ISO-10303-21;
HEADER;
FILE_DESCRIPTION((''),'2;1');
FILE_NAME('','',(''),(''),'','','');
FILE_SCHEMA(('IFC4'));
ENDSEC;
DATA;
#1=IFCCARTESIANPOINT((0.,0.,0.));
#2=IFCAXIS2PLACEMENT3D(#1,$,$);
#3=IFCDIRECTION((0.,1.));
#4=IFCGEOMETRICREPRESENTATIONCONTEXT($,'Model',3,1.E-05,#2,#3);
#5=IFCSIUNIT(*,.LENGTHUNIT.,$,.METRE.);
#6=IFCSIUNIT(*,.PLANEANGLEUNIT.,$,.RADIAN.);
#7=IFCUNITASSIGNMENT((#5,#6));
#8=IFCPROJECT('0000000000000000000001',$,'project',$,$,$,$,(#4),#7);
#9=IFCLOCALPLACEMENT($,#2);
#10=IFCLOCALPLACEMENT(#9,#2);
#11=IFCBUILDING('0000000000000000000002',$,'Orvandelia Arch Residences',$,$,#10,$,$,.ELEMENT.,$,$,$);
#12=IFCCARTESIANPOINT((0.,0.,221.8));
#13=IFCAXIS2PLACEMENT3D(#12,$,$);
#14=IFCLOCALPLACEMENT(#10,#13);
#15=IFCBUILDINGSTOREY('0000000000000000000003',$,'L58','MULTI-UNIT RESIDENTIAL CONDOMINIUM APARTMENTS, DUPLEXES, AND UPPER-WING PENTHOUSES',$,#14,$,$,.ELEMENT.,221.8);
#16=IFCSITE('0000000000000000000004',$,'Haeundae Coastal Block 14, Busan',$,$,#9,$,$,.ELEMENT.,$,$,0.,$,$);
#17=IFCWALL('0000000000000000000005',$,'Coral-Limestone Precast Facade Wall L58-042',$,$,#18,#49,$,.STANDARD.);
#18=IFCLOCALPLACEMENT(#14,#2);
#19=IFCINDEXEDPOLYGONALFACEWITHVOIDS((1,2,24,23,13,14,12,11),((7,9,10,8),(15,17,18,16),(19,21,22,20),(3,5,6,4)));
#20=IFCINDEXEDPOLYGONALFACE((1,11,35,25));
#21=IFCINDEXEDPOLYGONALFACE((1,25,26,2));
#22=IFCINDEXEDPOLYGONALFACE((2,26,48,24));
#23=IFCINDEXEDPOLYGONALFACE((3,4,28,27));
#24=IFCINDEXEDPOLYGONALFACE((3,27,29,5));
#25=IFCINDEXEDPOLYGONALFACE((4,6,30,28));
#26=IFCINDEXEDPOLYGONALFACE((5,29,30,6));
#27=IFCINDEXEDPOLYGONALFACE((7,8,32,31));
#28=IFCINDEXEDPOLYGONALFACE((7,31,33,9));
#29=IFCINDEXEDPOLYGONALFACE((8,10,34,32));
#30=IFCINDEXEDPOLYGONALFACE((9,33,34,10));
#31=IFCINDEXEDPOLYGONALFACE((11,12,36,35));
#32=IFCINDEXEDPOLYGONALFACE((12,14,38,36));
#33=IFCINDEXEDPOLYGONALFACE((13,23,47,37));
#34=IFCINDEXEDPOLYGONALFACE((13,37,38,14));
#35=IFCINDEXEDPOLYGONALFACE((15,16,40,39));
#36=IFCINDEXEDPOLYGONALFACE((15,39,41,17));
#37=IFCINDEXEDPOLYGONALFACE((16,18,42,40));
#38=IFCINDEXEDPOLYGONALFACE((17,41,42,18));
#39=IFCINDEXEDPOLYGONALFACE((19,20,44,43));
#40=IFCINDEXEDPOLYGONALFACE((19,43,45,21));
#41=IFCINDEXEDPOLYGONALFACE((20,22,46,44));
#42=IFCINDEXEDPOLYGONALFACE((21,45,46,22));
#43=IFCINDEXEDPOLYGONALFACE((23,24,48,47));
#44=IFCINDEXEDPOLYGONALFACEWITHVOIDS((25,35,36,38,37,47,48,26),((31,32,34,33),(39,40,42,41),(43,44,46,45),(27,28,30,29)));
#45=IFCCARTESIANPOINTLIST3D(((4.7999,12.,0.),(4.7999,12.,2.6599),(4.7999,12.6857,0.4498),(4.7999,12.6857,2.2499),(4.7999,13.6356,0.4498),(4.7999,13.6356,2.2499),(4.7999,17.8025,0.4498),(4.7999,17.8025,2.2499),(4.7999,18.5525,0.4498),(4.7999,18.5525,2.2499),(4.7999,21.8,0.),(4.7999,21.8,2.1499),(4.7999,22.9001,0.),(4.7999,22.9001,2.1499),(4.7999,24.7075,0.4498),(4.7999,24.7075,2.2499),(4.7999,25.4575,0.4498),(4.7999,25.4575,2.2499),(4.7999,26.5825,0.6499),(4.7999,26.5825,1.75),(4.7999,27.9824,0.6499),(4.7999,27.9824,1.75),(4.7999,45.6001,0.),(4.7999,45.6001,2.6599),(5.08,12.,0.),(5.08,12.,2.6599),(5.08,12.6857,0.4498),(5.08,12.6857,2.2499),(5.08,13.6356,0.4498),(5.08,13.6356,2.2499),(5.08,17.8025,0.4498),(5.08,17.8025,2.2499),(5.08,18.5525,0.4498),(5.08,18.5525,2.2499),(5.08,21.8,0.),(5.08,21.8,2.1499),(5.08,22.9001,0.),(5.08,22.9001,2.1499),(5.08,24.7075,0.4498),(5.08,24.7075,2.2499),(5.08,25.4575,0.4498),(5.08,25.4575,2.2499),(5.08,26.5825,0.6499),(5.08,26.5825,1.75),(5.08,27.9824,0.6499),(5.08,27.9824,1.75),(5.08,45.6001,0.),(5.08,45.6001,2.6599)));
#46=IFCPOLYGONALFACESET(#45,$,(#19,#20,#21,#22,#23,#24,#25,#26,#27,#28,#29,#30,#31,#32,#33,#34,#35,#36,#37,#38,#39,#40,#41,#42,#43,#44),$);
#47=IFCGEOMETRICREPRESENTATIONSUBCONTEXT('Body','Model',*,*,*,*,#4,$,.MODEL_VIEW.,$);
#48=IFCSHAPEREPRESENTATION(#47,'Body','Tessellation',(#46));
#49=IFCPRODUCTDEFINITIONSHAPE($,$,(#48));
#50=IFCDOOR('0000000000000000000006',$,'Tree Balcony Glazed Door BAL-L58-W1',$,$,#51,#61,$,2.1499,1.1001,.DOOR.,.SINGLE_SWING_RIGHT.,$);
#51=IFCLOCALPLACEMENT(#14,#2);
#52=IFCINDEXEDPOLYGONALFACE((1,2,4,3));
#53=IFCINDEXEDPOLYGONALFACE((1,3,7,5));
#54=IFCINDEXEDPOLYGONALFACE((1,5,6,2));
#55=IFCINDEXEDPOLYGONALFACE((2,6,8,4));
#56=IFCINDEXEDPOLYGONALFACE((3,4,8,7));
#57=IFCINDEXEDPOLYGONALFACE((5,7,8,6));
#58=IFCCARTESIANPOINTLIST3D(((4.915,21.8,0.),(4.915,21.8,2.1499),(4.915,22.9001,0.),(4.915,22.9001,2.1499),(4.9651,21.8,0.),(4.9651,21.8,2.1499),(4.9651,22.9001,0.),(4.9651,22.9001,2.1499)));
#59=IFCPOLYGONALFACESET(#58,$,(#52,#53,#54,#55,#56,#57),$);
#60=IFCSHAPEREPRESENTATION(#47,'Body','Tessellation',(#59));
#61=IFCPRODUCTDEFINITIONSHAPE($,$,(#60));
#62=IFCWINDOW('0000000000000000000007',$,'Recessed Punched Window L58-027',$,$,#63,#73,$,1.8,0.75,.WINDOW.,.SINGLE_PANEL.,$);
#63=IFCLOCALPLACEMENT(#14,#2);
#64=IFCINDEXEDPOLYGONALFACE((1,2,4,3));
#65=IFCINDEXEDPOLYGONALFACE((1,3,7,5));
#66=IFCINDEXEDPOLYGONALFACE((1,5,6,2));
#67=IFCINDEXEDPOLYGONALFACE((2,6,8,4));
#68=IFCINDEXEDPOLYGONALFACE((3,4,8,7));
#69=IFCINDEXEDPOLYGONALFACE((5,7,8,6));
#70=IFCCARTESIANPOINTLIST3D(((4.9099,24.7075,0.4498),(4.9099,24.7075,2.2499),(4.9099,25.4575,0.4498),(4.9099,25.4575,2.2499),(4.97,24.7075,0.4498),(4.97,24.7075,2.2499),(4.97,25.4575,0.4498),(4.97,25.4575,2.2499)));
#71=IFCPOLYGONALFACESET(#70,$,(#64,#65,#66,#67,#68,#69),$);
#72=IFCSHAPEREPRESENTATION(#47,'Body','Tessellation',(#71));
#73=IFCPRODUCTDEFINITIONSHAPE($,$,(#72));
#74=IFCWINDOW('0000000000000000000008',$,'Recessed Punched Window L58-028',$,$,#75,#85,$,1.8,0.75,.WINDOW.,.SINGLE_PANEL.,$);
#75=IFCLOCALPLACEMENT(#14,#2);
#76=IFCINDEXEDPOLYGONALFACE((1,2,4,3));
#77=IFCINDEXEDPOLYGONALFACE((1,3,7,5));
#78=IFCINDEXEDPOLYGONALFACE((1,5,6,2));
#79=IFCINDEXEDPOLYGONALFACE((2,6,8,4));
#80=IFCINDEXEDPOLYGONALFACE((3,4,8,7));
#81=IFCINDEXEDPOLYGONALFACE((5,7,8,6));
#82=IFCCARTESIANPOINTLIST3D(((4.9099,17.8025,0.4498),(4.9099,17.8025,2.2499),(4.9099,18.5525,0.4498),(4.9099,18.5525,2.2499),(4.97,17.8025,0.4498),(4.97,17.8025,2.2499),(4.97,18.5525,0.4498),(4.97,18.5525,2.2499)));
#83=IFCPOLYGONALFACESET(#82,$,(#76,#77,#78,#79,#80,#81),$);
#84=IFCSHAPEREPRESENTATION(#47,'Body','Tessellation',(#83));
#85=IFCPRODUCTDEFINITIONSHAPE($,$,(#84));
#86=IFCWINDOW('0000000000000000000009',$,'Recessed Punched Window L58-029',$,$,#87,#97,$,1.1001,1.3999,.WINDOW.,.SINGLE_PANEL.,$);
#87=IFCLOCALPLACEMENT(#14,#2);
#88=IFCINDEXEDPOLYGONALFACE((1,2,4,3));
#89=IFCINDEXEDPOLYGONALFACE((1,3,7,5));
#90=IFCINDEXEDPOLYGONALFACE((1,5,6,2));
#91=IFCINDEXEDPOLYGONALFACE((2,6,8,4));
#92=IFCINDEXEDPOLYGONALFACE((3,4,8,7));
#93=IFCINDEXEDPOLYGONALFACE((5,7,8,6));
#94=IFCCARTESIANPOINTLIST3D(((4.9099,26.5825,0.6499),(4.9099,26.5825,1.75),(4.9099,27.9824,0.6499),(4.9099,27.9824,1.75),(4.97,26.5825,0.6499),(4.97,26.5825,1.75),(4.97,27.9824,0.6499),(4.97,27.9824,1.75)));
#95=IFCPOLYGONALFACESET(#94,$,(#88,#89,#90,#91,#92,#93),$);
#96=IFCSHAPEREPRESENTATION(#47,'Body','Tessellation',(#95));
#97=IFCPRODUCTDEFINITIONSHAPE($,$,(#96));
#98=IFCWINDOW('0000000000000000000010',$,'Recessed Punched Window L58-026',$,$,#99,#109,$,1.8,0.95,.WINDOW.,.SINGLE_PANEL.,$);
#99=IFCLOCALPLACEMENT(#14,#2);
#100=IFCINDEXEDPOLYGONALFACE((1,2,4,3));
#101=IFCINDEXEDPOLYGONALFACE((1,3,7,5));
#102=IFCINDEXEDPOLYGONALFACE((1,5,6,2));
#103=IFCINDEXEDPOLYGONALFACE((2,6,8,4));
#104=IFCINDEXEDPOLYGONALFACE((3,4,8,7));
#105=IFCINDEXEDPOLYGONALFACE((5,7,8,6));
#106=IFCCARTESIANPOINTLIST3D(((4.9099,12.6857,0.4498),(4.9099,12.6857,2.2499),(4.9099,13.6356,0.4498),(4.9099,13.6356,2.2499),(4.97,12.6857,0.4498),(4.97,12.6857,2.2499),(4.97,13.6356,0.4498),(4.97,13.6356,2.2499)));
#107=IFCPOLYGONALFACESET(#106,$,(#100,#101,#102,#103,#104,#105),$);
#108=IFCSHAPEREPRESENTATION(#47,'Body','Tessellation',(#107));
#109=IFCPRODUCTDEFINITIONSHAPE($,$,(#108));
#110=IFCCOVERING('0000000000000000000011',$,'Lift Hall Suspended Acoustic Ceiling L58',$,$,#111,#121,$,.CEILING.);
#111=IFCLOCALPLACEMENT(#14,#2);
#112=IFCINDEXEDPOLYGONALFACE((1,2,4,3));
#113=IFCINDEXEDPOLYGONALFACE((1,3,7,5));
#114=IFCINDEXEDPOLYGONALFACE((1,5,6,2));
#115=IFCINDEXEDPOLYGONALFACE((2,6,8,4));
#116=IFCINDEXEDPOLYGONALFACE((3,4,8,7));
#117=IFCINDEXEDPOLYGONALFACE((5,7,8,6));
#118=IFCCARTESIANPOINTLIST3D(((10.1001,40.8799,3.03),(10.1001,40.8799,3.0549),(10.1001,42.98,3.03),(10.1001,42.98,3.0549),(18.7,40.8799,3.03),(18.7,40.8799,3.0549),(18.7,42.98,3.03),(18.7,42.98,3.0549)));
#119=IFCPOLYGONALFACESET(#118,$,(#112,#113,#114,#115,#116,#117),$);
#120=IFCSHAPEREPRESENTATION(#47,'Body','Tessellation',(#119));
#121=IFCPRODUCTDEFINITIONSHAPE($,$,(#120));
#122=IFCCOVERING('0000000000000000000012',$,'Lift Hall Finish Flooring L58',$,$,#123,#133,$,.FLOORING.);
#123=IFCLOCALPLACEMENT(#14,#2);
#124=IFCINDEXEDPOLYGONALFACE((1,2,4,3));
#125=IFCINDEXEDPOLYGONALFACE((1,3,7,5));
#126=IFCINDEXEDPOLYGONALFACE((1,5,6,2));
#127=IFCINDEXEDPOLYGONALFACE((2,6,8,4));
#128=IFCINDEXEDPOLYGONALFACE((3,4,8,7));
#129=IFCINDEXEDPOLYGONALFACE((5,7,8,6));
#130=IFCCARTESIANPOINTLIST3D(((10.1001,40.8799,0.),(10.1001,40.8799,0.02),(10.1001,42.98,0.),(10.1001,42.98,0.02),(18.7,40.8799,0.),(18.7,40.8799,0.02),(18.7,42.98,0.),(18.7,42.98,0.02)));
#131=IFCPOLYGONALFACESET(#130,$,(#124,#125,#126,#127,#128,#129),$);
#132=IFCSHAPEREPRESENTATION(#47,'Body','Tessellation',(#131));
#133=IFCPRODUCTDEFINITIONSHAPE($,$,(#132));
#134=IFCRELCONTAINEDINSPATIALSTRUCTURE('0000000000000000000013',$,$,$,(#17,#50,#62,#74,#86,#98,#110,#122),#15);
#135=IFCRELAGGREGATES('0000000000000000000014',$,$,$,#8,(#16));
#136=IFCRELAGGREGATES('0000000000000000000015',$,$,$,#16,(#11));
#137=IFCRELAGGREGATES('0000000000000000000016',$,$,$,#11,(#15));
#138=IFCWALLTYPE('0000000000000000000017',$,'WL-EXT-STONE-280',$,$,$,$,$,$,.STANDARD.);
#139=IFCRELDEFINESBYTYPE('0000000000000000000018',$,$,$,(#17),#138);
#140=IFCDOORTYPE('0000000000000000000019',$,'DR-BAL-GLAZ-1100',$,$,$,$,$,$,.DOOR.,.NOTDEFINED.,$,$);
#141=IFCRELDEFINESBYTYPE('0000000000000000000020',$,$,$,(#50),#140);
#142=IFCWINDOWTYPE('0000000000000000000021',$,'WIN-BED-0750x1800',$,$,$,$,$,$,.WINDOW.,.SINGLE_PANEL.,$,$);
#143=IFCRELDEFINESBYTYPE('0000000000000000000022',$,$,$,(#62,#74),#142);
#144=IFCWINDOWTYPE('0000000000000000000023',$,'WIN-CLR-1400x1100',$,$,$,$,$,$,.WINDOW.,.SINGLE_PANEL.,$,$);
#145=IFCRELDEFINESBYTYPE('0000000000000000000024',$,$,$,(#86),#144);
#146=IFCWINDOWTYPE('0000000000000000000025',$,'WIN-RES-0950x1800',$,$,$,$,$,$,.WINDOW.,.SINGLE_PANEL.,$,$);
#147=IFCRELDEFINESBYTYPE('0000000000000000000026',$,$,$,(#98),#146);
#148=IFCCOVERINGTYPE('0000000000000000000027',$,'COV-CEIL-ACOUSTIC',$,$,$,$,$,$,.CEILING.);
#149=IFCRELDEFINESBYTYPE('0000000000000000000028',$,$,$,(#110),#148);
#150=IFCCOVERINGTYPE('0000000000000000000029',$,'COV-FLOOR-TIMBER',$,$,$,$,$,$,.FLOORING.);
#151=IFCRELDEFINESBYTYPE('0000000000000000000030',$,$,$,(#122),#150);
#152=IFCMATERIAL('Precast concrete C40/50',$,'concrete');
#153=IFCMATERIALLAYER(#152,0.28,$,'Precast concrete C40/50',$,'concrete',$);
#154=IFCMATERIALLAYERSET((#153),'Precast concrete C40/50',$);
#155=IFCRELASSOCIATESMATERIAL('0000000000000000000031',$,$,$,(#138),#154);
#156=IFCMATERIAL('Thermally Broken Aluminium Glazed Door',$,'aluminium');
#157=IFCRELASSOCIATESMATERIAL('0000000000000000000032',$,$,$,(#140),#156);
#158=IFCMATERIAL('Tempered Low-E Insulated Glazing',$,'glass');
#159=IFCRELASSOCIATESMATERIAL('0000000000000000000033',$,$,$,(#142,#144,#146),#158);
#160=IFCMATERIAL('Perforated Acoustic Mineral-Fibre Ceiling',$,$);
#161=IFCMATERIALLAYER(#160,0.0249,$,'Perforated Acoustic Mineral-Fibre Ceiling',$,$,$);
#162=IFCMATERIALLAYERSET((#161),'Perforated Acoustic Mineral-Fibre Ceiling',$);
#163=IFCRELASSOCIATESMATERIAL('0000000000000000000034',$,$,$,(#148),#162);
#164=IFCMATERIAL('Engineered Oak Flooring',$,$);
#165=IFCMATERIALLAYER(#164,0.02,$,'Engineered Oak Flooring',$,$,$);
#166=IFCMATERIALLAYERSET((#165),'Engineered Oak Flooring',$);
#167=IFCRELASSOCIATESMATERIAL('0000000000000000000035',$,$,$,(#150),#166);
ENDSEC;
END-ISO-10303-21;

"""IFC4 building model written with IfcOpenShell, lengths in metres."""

from ifc_helpers import new_model, si_unit, direction, frame, frame_2d, origin, place, context, subcontext, project, spatial, polyline, rectangle, outline, extrude, material, layer, layer_set, type_object, element, fill, save


model = new_model("IFC4")

# Units and contexts
model_context = context("Model", 3, precision=1e-05, world=origin(), true_north=direction((0.0, 1.0)))
body_context = subcontext(model_context, "Body", "Model", "MODEL_VIEW")
ifc_project = project(units=[si_unit("LENGTHUNIT", "METRE"), si_unit("PLANEANGLEUNIT", "RADIAN")], contexts=[model_context])

# Site, building, storey
site_placement = place(None, origin())
site = spatial("IfcSite", under=ifc_project, at=site_placement, Name="Haeundae Coastal Block 14, Busan", CompositionType="ELEMENT", RefElevation=0.0)
building_placement = place(site_placement, origin())
building = spatial("IfcBuilding", under=site, at=building_placement, Name="Orvandelia Arch Residences", CompositionType="ELEMENT")
storey_placement = place(building_placement, frame((0.0, 0.0, 221.8)))
storey = spatial("IfcBuildingStorey", under=building, at=storey_placement, Name="L58", Description="MULTI-UNIT RESIDENTIAL CONDOMINIUM APARTMENTS, DUPLEXES, AND UPPER-WING PENTHOUSES", CompositionType="ELEMENT", Elevation=221.8)

# Shared definitions
ifc_material_1 = material(Name="Precast concrete C40/50", Category="concrete")

# Shared definitions
ifc_layer_1 = layer(ifc_material_1, 0.28, Name="Precast concrete C40/50", Category="concrete")
ifc_layer_set_1 = layer_set([ifc_layer_1], Name="Precast concrete C40/50")
wall_type_1 = type_object("IfcWallType", Name="WL-EXT-STONE-280", PredefinedType="STANDARD", material=ifc_layer_set_1)

# Wall, openings, door, windows
wall_1_placement = place(storey_placement, frame((4.9399, 12.0, 0.0), z_axis=(0.0, 0.0, 1.0), x_axis=(0.0, 1.0, 0.0)))
wall_1 = element("IfcWall", 1, at=wall_1_placement, inside=storey, type_object=wall_type_1, Name="Coral-Limestone Precast Facade Wall L58-042", PredefinedType="STANDARD", context=body_context, shape_type="SweptSolid", body=[
    extrude(rectangle(XDim=33.6001, YDim=0.28, at=frame_2d((16.8, 0.0))), origin(), (0.0, 0.0, 1.0), 2.6599),
])
opening_1_placement = place(wall_1_placement, frame((9.8, 0.0, 0.0)))
opening_1 = element("IfcOpeningElement", 2, at=opening_1_placement, cuts=wall_1, PredefinedType="OPENING", context=body_context, shape_type="SweptSolid", body=[
    extrude(rectangle(XDim=1.1001, YDim=2.1499, at=frame_2d((0.55, 1.075))), frame((0.0, 0.1499, 0.0), z_axis=(0.0, -1.0, 0.0), x_axis=(1.0, 0.0, 0.0)), (0.0, 0.0, 1.0), 0.3),
])
opening_2_placement = place(wall_1_placement, frame((0.6855, 0.0, 0.45)))
opening_2 = element("IfcOpeningElement", 3, at=opening_2_placement, cuts=wall_1, PredefinedType="OPENING", context=body_context, shape_type="SweptSolid", body=[
    extrude(rectangle(XDim=0.95, YDim=1.8, at=frame_2d((0.4751, 0.8999))), frame((0.0, 0.1499, 0.0), z_axis=(0.0, -1.0, 0.0), x_axis=(1.0, 0.0, 0.0)), (0.0, 0.0, 1.0), 0.3),
])
opening_3_placement = place(wall_1_placement, frame((12.7075, 0.0, 0.45)))
opening_3 = element("IfcOpeningElement", 4, at=opening_3_placement, cuts=wall_1, PredefinedType="OPENING", context=body_context, shape_type="SweptSolid", body=[
    extrude(rectangle(XDim=0.75, YDim=1.8, at=frame_2d((0.375, 0.8999))), frame((0.0, 0.1499, 0.0), z_axis=(0.0, -1.0, 0.0), x_axis=(1.0, 0.0, 0.0)), (0.0, 0.0, 1.0), 0.3),
])
opening_4_placement = place(wall_1_placement, frame((5.8025, 0.0, 0.45)))
opening_4 = element("IfcOpeningElement", 5, at=opening_4_placement, cuts=wall_1, PredefinedType="OPENING", context=body_context, shape_type="SweptSolid", body=[
    extrude(rectangle(XDim=0.75, YDim=1.8, at=frame_2d((0.375, 0.8999))), frame((0.0, 0.1499, 0.0), z_axis=(0.0, -1.0, 0.0), x_axis=(1.0, 0.0, 0.0)), (0.0, 0.0, 1.0), 0.3),
])
opening_5_placement = place(wall_1_placement, frame((14.5825, 0.0, 0.6499)))
opening_5 = element("IfcOpeningElement", 6, at=opening_5_placement, cuts=wall_1, PredefinedType="OPENING", context=body_context, shape_type="SweptSolid", body=[
    extrude(rectangle(XDim=1.3999, YDim=1.1001, at=frame_2d((0.7, 0.55))), frame((0.0, 0.1499, 0.0), z_axis=(0.0, -1.0, 0.0), x_axis=(1.0, 0.0, 0.0)), (0.0, 0.0, 1.0), 0.3),
])
ifc_material_2 = material(Name="Thermally Broken Aluminium Glazed Door", Category="aluminium")
door_type_1 = type_object("IfcDoorType", Name="DR-BAL-GLAZ-1100", OperationType="NOTDEFINED", PredefinedType="DOOR", material=ifc_material_2)
door_1_placement = place(opening_1_placement, origin())
door_1 = element("IfcDoor", 7, at=door_1_placement, inside=storey, type_object=door_type_1, Name="Tree Balcony Glazed Door BAL-L58-W1", OperationType="SINGLE_SWING_RIGHT", OverallHeight=2.1499, OverallWidth=1.1001, PredefinedType="DOOR", context=body_context, shape_type="SweptSolid", body=[
    extrude(rectangle(XDim=1.1001, YDim=2.1499, at=frame_2d((0.55, 1.075))), frame((0.0, 0.0249, 0.0), z_axis=(0.0, -1.0, 0.0), x_axis=(1.0, 0.0, 0.0)), (0.0, 0.0, 1.0), 0.05),
])
fill(opening_1, door_1)
ifc_material_3 = material(Name="Tempered Low-E Insulated Glazing", Category="glass")
window_type_1 = type_object("IfcWindowType", Name="WIN-BED-0750x1800", PartitioningType="SINGLE_PANEL", PredefinedType="WINDOW", material=ifc_material_3)
window_1_placement = place(opening_3_placement, origin())
window_1 = element("IfcWindow", 8, at=window_1_placement, inside=storey, type_object=window_type_1, Name="Recessed Punched Window L58-027", OverallHeight=1.8, OverallWidth=0.75, PartitioningType="SINGLE_PANEL", PredefinedType="WINDOW", context=body_context, shape_type="SweptSolid", body=[
    extrude(rectangle(XDim=0.75, YDim=1.8, at=frame_2d((0.375, 0.8999))), frame((0.0, 0.03, 0.0), z_axis=(0.0, -1.0, 0.0), x_axis=(1.0, 0.0, 0.0)), (0.0, 0.0, 1.0), 0.0601),
])
fill(opening_3, window_1)
window_2_placement = place(opening_4_placement, origin())
window_2 = element("IfcWindow", 9, at=window_2_placement, inside=storey, type_object=window_type_1, Name="Recessed Punched Window L58-028", OverallHeight=1.8, OverallWidth=0.75, PartitioningType="SINGLE_PANEL", PredefinedType="WINDOW", context=body_context, shape_type="SweptSolid", body=[
    extrude(rectangle(XDim=0.75, YDim=1.8, at=frame_2d((0.375, 0.8999))), frame((0.0, 0.03, 0.0), z_axis=(0.0, -1.0, 0.0), x_axis=(1.0, 0.0, 0.0)), (0.0, 0.0, 1.0), 0.0601),
])
fill(opening_4, window_2)
window_type_2 = type_object("IfcWindowType", Name="WIN-CLR-1400x1100", PartitioningType="SINGLE_PANEL", PredefinedType="WINDOW", material=ifc_material_3)
window_3_placement = place(opening_5_placement, origin())
window_3 = element("IfcWindow", 10, at=window_3_placement, inside=storey, type_object=window_type_2, Name="Recessed Punched Window L58-029", OverallHeight=1.1001, OverallWidth=1.3999, PartitioningType="SINGLE_PANEL", PredefinedType="WINDOW", context=body_context, shape_type="SweptSolid", body=[
    extrude(rectangle(XDim=1.3999, YDim=1.1001, at=frame_2d((0.7, 0.55))), frame((0.0, 0.03, 0.0), z_axis=(0.0, -1.0, 0.0), x_axis=(1.0, 0.0, 0.0)), (0.0, 0.0, 1.0), 0.0601),
])
fill(opening_5, window_3)
window_type_3 = type_object("IfcWindowType", Name="WIN-RES-0950x1800", PartitioningType="SINGLE_PANEL", PredefinedType="WINDOW", material=ifc_material_3)
window_4_placement = place(opening_2_placement, origin())
window_4 = element("IfcWindow", 11, at=window_4_placement, inside=storey, type_object=window_type_3, Name="Recessed Punched Window L58-026", OverallHeight=1.8, OverallWidth=0.95, PartitioningType="SINGLE_PANEL", PredefinedType="WINDOW", context=body_context, shape_type="SweptSolid", body=[
    extrude(rectangle(XDim=0.95, YDim=1.8, at=frame_2d((0.4751, 0.8999))), frame((0.0, 0.03, 0.0), z_axis=(0.0, -1.0, 0.0), x_axis=(1.0, 0.0, 0.0)), (0.0, 0.0, 1.0), 0.0601),
])
fill(opening_2, window_4)

# Coverings
ifc_material_4 = material(Name="Perforated Acoustic Mineral-Fibre Ceiling")
ifc_layer_2 = layer(ifc_material_4, 0.0249, Name="Perforated Acoustic Mineral-Fibre Ceiling")
ifc_layer_set_2 = layer_set([ifc_layer_2], Name="Perforated Acoustic Mineral-Fibre Ceiling")
covering_type_1 = type_object("IfcCoveringType", Name="COV-CEIL-ACOUSTIC", PredefinedType="CEILING", material=ifc_layer_set_2)
covering_1_placement = place(storey_placement, frame((0.0, 0.0, 3.03)))
element("IfcCovering", 12, at=covering_1_placement, inside=storey, type_object=covering_type_1, Name="Lift Hall Suspended Acoustic Ceiling L58", PredefinedType="CEILING", context=body_context, shape_type="SweptSolid", body=[
    extrude(outline(polyline([(10.1001, 40.8799), (18.7, 40.8799), (18.7, 42.98), (10.1001, 42.98), (10.1001, 40.8799)])), origin(), (0.0, 0.0, 1.0), 0.0249),
])
ifc_material_5 = material(Name="Engineered Oak Flooring")
ifc_layer_3 = layer(ifc_material_5, 0.02, Name="Engineered Oak Flooring")
ifc_layer_set_3 = layer_set([ifc_layer_3], Name="Engineered Oak Flooring")
covering_type_2 = type_object("IfcCoveringType", Name="COV-FLOOR-TIMBER", PredefinedType="FLOORING", material=ifc_layer_set_3)
covering_2_placement = place(storey_placement, origin())
element("IfcCovering", 13, at=covering_2_placement, inside=storey, type_object=covering_type_2, Name="Lift Hall Finish Flooring L58", PredefinedType="FLOORING", context=body_context, shape_type="SweptSolid", body=[
    extrude(outline(polyline([(10.1001, 40.8799), (18.7, 40.8799), (18.7, 42.98), (10.1001, 42.98), (10.1001, 40.8799)])), origin(), (0.0, 0.0, 1.0), 0.02),
])

save(model, "model.ifc")
